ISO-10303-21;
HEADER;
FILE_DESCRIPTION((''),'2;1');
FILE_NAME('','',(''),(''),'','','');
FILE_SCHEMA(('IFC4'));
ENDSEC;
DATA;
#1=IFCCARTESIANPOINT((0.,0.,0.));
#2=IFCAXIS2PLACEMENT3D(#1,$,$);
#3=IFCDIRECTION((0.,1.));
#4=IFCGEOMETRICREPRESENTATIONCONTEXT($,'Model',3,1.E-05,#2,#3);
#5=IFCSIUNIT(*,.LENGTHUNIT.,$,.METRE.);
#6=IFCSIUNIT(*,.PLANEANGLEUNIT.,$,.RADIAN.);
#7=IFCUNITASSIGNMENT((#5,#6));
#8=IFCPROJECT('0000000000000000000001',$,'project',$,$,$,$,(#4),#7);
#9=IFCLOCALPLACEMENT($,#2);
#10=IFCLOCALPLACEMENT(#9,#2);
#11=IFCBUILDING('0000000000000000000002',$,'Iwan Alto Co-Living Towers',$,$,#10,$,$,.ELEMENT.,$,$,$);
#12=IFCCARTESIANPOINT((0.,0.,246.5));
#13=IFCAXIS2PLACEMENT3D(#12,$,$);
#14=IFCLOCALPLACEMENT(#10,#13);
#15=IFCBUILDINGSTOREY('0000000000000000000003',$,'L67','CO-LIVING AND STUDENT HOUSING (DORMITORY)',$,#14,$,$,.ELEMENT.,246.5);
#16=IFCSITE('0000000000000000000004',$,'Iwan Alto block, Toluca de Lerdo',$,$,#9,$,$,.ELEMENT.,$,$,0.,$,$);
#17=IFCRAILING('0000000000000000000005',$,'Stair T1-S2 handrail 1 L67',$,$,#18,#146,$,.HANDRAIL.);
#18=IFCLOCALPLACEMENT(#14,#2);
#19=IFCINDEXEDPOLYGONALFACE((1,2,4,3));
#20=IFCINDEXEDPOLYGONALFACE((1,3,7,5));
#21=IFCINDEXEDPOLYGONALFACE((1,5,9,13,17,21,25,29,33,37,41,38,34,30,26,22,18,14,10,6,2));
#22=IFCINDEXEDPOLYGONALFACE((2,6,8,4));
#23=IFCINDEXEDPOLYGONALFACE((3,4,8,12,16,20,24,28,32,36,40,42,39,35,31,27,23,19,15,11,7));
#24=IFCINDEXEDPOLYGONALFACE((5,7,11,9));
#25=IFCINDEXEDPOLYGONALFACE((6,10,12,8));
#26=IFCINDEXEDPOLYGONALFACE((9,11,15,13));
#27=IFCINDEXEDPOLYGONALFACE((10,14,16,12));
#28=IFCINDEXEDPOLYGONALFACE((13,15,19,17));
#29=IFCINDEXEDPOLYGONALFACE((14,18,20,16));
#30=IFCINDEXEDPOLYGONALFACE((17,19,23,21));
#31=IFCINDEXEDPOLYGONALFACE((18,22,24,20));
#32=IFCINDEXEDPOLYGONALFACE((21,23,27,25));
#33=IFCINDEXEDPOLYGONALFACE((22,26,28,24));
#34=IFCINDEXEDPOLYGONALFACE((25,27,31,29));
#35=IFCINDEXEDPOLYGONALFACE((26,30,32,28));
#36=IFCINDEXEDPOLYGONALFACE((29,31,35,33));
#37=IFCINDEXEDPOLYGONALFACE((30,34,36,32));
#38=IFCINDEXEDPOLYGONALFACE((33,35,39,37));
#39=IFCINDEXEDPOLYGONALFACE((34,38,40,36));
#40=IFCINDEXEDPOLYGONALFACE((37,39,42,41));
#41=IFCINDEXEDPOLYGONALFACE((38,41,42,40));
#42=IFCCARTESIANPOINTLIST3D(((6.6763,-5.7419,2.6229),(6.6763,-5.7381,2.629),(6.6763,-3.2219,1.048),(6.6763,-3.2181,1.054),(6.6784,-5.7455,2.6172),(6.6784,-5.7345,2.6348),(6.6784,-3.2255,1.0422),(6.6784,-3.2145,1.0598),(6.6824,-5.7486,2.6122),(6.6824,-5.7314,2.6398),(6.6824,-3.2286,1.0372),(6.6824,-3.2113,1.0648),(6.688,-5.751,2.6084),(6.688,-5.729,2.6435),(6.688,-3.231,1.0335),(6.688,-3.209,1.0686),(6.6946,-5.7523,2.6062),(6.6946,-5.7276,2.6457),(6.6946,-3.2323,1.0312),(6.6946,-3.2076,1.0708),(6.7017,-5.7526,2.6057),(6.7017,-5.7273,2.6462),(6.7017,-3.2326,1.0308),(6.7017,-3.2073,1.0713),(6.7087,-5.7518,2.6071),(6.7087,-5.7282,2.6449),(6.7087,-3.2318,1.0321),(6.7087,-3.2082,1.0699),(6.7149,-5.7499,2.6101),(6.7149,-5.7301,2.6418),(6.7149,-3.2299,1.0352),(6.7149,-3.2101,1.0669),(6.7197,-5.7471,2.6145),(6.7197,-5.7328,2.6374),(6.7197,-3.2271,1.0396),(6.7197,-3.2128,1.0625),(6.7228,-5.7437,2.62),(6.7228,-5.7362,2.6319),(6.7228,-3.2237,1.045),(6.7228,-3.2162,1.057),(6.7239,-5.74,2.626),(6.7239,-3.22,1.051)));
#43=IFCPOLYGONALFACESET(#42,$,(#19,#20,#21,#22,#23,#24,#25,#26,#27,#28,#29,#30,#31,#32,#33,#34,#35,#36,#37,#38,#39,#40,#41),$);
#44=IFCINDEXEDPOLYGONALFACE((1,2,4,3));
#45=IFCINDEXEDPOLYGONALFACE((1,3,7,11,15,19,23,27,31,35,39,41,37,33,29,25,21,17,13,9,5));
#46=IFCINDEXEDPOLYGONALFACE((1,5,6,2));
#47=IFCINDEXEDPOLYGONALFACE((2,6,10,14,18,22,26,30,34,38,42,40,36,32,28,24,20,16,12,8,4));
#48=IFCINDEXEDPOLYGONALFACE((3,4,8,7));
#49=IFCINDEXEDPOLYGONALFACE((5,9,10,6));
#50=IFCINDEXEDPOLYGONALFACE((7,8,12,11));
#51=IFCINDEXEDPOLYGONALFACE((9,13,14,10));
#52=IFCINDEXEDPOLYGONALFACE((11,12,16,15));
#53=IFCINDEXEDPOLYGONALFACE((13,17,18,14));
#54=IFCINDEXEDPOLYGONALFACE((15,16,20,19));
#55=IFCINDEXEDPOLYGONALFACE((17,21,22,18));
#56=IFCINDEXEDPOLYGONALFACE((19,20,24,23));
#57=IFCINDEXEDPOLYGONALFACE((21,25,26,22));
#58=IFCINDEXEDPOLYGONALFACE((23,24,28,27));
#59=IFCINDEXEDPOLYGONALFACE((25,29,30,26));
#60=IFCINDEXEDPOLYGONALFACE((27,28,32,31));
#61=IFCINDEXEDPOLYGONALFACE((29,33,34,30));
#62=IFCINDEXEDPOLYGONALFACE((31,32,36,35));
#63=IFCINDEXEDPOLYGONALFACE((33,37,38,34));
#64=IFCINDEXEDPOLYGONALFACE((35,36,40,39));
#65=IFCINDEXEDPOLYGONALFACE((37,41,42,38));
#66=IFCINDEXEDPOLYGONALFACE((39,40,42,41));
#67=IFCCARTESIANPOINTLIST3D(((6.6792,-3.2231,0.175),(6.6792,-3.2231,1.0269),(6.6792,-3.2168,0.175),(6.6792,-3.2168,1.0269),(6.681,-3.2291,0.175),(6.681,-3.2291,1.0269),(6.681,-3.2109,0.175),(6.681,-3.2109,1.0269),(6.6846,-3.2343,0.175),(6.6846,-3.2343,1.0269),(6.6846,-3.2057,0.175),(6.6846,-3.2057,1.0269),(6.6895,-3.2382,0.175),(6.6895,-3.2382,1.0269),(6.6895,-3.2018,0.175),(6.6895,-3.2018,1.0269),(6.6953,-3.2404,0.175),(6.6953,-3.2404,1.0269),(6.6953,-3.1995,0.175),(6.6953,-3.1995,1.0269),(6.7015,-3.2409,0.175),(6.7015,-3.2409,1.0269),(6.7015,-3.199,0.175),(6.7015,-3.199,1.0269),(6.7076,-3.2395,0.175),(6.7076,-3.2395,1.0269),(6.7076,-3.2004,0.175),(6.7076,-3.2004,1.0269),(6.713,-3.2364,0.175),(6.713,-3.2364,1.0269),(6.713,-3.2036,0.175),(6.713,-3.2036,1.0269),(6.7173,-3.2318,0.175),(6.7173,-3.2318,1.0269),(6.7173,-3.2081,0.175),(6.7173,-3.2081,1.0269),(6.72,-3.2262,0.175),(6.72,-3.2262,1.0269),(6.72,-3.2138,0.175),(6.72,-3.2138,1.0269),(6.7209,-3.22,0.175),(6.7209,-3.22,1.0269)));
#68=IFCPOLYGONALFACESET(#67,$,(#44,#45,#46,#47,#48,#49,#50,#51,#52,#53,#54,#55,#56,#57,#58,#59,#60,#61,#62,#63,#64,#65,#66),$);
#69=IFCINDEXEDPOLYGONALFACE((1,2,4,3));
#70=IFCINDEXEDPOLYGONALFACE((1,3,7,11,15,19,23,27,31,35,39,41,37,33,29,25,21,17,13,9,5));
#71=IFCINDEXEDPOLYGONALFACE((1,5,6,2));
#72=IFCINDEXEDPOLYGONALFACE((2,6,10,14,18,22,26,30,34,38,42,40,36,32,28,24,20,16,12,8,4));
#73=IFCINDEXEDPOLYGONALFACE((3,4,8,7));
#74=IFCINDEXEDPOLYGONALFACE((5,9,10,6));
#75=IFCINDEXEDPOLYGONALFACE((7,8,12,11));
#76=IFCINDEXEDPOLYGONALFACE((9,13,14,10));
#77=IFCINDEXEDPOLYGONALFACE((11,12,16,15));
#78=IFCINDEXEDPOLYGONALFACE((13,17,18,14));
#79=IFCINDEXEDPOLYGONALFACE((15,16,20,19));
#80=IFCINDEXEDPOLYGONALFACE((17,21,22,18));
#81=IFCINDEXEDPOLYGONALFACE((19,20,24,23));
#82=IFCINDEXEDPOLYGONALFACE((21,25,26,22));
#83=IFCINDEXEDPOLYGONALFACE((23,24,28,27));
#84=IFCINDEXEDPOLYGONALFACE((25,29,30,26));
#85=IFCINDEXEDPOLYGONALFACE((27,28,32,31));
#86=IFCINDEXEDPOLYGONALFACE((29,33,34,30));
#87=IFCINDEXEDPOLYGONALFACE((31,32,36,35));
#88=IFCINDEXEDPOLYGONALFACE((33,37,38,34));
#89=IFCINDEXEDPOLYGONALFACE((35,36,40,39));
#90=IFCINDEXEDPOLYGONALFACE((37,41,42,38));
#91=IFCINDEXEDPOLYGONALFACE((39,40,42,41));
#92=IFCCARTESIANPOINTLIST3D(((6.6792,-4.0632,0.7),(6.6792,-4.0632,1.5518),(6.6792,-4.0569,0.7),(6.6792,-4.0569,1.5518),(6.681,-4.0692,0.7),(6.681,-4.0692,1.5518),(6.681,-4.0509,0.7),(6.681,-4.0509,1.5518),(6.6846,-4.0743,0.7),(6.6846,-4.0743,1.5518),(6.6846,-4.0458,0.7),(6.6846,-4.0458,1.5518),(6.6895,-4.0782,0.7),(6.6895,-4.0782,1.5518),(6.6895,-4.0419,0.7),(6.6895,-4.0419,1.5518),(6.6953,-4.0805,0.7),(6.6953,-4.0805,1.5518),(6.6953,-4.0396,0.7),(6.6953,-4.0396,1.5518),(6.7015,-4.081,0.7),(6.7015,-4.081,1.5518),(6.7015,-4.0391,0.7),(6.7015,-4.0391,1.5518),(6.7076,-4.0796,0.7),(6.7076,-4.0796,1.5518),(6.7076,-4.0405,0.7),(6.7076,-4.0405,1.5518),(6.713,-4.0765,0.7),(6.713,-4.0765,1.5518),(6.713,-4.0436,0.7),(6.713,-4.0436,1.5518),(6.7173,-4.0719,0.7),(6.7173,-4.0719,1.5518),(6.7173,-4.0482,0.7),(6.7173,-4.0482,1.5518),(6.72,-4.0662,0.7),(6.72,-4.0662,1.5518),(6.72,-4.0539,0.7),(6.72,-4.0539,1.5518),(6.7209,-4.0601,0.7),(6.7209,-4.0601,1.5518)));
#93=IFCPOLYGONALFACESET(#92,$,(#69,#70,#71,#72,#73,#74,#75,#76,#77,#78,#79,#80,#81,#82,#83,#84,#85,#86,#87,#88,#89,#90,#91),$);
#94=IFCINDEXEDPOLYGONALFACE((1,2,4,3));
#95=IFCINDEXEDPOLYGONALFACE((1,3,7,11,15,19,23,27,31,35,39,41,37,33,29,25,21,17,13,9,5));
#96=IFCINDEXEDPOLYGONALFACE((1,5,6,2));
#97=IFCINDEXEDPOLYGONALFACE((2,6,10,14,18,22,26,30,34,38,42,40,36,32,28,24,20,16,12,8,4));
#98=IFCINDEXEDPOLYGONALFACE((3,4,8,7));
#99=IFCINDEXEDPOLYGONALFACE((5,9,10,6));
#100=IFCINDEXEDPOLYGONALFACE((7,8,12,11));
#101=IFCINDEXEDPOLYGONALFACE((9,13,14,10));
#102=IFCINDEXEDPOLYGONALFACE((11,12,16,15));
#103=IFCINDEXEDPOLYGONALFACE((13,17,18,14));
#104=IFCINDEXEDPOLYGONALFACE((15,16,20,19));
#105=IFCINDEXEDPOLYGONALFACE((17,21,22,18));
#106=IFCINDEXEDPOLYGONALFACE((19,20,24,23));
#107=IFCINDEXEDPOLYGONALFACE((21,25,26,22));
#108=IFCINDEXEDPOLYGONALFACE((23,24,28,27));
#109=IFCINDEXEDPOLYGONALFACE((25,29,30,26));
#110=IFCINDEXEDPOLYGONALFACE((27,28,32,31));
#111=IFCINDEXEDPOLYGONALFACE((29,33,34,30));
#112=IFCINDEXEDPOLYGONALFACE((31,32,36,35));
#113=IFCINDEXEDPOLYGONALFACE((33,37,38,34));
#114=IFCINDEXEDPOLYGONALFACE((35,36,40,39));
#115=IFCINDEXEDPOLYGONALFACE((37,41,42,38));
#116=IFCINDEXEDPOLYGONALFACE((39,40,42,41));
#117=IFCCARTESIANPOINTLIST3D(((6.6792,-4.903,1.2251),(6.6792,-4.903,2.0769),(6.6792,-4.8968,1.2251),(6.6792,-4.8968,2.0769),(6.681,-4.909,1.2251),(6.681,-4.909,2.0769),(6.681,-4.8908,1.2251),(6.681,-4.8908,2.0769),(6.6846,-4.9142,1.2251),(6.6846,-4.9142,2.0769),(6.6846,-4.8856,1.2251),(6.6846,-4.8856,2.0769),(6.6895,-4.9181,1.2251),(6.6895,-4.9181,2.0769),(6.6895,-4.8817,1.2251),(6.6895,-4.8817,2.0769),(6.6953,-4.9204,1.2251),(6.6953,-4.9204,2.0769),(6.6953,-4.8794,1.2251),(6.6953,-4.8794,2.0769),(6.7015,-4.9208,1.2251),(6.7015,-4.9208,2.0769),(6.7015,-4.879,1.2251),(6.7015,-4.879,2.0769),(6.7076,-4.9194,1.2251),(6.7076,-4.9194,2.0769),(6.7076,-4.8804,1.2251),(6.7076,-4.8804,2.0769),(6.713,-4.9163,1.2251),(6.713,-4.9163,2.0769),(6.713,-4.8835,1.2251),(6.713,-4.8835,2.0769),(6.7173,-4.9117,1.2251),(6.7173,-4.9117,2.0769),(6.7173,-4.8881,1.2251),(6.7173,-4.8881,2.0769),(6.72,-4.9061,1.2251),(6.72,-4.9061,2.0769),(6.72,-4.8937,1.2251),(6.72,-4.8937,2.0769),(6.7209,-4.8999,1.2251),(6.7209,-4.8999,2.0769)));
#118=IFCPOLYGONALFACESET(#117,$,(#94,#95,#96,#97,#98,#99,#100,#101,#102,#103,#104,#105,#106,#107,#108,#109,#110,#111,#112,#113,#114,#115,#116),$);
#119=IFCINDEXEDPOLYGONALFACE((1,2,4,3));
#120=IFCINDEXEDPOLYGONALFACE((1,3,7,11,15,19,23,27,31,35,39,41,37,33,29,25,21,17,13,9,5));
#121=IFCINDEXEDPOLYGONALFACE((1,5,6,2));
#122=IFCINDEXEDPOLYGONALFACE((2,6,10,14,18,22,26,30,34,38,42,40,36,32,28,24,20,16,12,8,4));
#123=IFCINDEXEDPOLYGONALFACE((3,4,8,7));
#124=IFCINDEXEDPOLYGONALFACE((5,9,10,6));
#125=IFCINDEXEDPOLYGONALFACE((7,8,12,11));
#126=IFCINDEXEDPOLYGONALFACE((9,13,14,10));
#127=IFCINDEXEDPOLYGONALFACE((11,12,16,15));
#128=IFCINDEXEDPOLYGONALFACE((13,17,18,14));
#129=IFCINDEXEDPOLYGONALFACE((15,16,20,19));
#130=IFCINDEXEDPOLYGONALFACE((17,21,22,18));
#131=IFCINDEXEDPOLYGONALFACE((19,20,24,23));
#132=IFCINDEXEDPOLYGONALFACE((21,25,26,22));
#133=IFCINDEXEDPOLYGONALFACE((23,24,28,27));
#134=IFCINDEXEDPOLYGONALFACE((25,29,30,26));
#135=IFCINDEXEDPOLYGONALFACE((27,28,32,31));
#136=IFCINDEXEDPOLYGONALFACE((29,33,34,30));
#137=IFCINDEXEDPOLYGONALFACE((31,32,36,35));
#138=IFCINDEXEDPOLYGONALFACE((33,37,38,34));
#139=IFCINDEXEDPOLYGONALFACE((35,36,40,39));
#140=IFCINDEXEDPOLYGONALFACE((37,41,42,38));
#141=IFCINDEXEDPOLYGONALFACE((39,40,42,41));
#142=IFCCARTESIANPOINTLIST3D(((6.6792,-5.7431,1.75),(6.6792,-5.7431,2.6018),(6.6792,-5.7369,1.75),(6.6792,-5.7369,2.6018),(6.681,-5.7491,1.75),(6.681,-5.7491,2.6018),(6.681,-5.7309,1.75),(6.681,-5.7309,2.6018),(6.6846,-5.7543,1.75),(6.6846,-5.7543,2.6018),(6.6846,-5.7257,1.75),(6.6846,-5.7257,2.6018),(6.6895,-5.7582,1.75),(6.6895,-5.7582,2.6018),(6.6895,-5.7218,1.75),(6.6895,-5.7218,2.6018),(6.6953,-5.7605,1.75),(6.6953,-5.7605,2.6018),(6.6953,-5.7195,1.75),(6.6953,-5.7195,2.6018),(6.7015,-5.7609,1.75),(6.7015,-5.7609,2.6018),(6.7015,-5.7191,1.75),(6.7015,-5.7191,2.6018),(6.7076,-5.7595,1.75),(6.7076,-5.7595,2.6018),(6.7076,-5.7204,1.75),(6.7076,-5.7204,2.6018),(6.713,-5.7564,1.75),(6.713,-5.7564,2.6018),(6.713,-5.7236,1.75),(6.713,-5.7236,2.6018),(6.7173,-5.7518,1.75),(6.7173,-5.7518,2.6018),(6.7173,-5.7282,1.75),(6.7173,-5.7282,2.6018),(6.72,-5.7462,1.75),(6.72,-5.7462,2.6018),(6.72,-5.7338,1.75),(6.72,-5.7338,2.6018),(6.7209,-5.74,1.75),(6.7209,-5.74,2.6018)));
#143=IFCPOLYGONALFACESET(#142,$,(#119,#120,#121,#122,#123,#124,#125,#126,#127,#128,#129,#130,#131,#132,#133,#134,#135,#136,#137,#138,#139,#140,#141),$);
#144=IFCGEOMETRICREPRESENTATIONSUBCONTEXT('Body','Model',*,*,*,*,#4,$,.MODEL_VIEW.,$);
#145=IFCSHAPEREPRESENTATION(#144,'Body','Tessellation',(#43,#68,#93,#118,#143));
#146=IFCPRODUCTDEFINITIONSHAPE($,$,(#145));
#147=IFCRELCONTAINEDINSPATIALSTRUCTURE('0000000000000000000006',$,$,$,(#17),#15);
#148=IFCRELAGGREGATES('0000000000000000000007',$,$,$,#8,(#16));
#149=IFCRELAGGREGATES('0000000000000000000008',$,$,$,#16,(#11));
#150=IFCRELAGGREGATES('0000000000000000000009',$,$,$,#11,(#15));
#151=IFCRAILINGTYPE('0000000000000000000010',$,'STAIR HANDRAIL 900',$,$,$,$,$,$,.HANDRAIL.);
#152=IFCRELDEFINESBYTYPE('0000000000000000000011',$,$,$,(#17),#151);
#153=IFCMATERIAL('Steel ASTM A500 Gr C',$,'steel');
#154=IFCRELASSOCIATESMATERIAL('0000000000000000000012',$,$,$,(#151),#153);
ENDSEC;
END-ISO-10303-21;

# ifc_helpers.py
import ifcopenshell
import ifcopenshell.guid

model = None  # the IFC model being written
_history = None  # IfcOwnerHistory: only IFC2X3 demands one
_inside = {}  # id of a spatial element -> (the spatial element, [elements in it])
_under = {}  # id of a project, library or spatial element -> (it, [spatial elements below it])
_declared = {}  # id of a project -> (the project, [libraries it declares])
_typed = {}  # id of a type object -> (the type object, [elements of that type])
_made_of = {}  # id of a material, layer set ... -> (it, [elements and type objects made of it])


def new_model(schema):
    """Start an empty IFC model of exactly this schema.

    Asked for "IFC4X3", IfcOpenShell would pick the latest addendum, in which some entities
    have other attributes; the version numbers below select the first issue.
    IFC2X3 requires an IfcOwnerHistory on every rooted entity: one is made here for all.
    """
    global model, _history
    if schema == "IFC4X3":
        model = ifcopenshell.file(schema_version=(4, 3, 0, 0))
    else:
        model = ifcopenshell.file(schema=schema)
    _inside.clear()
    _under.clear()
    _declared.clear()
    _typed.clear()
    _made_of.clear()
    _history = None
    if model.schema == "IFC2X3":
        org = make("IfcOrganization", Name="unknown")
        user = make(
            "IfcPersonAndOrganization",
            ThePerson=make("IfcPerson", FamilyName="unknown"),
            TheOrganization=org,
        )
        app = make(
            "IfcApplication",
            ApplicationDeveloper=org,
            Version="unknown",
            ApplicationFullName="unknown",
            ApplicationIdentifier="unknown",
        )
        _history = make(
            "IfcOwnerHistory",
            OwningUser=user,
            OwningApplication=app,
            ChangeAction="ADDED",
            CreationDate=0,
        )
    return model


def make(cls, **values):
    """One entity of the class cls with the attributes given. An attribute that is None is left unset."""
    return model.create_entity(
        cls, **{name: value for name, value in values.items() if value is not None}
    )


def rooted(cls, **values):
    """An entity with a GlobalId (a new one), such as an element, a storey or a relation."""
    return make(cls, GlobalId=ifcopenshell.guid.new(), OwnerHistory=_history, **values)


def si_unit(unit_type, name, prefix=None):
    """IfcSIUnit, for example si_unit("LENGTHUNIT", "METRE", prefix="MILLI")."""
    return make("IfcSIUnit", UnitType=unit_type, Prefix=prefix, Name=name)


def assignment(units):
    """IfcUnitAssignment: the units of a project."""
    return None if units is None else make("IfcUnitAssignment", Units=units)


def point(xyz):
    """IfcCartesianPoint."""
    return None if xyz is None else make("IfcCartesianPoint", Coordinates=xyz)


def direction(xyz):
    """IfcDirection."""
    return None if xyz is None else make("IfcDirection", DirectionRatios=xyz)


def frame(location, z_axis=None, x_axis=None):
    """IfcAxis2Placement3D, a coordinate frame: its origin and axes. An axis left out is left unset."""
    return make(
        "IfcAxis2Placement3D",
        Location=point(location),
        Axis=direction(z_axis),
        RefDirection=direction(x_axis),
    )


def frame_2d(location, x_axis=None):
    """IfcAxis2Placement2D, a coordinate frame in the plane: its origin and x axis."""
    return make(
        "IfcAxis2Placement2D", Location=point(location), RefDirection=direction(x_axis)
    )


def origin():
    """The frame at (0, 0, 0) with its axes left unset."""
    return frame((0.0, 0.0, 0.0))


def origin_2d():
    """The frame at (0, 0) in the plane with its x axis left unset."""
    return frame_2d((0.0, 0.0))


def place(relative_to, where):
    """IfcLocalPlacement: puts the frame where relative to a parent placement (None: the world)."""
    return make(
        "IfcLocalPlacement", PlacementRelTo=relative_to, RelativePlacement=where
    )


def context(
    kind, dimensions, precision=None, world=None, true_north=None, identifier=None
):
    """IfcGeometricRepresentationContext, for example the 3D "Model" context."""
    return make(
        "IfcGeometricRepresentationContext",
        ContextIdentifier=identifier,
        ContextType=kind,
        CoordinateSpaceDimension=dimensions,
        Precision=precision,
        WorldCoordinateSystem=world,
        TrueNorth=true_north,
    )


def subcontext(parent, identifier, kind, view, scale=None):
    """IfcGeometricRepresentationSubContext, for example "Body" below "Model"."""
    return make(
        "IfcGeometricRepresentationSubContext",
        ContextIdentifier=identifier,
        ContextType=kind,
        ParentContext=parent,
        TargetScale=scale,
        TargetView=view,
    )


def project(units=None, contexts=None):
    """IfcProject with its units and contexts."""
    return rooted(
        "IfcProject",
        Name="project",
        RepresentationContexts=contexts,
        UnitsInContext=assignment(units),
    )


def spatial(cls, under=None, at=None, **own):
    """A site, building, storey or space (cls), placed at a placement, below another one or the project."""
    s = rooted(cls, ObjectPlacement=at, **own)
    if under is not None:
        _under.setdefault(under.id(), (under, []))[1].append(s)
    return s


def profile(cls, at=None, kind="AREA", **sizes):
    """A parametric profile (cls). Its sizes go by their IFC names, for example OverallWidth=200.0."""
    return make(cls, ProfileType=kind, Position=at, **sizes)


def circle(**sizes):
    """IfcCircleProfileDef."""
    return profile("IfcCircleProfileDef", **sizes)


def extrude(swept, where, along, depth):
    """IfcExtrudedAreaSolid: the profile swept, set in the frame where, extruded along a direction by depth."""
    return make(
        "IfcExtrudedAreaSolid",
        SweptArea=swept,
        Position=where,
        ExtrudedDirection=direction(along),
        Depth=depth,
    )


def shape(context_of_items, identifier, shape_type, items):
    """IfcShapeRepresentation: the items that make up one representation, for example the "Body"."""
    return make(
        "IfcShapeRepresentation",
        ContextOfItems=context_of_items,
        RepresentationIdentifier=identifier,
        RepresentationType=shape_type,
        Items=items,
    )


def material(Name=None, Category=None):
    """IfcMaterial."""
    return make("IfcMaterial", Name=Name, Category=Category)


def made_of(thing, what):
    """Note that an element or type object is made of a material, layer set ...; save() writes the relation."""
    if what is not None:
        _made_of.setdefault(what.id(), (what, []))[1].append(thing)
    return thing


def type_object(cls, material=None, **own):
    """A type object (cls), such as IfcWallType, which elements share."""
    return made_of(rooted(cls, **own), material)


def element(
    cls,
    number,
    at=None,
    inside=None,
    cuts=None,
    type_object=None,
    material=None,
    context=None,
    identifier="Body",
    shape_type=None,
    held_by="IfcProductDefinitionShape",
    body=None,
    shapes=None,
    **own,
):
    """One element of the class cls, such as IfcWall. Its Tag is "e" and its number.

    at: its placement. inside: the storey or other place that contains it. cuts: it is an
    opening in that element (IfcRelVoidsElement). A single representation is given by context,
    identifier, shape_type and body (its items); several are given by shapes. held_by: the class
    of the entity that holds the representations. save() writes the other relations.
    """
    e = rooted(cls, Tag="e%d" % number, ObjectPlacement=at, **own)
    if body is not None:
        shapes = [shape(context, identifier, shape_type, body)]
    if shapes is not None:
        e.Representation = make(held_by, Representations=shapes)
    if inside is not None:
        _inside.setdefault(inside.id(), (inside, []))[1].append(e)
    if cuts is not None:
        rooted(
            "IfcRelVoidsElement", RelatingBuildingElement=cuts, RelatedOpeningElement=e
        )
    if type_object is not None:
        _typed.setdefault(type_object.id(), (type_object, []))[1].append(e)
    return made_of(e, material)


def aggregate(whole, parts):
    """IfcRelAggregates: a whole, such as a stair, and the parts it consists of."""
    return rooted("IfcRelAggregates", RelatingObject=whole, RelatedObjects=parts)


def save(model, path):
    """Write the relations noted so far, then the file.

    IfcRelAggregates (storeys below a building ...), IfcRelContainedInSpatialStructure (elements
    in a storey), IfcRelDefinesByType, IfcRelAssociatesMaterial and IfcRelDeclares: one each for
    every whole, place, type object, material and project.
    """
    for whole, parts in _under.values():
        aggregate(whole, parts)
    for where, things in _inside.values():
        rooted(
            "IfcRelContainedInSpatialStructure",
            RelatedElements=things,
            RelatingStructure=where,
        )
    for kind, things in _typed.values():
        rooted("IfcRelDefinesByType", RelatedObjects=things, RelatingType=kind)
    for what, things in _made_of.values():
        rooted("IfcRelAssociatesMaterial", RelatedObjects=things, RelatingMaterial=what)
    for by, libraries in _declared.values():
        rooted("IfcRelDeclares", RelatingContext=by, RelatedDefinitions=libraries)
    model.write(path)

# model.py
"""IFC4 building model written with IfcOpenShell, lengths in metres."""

from ifc_helpers import new_model, si_unit, direction, frame, origin, origin_2d, place, context, subcontext, project, spatial, circle, extrude, material, type_object, element, save


model = new_model("IFC4")

# Units and contexts
model_context = context("Model", 3, precision=1e-05, world=origin(), true_north=direction((0.0, 1.0)))
body_context = subcontext(model_context, "Body", "Model", "MODEL_VIEW")
ifc_project = project(units=[si_unit("LENGTHUNIT", "METRE"), si_unit("PLANEANGLEUNIT", "RADIAN")], contexts=[model_context])

# Site, building, storey
site_placement = place(None, origin())
site = spatial("IfcSite", under=ifc_project, at=site_placement, Name="Iwan Alto block, Toluca de Lerdo", CompositionType="ELEMENT", RefElevation=0.0)
building_placement = place(site_placement, origin())
building = spatial("IfcBuilding", under=site, at=building_placement, Name="Iwan Alto Co-Living Towers", CompositionType="ELEMENT")
storey_placement = place(building_placement, frame((0.0, 0.0, 246.5)))
storey = spatial("IfcBuildingStorey", under=building, at=storey_placement, Name="L67", Description="CO-LIVING AND STUDENT HOUSING (DORMITORY)", CompositionType="ELEMENT", Elevation=246.5)

# Railing
ifc_material_1 = material(Name="Steel ASTM A500 Gr C", Category="steel")
railing_type_1 = type_object("IfcRailingType", Name="STAIR HANDRAIL 900", PredefinedType="HANDRAIL", material=ifc_material_1)
railing_1_placement = place(storey_placement, frame((6.7, -3.22, 0.175)))
element("IfcRailing", 1, at=railing_1_placement, inside=storey, type_object=railing_type_1, Name="Stair T1-S2 handrail 1 L67", PredefinedType="HANDRAIL", context=body_context, shape_type="SweptSolid", body=[
    extrude(circle(Radius=0.0239, at=origin_2d()), frame((0.0, 0.0, 0.876), z_axis=(0.0, -0.848008, 0.529984), x_axis=(1.0, 0.0, 0.0)), (0.0, 0.0, 1.0), 2.9717),
    extrude(circle(Radius=0.021, at=origin_2d()), origin(), (0.0, 0.0, 1.0), 0.8518),
    extrude(circle(Radius=0.021, at=origin_2d()), frame((0.0, -0.8401, 0.5249)), (0.0, 0.0, 1.0), 0.8518),
    extrude(circle(Radius=0.021, at=origin_2d()), frame((0.0, -1.6799, 1.05)), (0.0, 0.0, 1.0), 0.8518),
    extrude(circle(Radius=0.021, at=origin_2d()), frame((0.0, -2.52, 1.575)), (0.0, 0.0, 1.0), 0.8518),
])

save(model, "model.ifc")
